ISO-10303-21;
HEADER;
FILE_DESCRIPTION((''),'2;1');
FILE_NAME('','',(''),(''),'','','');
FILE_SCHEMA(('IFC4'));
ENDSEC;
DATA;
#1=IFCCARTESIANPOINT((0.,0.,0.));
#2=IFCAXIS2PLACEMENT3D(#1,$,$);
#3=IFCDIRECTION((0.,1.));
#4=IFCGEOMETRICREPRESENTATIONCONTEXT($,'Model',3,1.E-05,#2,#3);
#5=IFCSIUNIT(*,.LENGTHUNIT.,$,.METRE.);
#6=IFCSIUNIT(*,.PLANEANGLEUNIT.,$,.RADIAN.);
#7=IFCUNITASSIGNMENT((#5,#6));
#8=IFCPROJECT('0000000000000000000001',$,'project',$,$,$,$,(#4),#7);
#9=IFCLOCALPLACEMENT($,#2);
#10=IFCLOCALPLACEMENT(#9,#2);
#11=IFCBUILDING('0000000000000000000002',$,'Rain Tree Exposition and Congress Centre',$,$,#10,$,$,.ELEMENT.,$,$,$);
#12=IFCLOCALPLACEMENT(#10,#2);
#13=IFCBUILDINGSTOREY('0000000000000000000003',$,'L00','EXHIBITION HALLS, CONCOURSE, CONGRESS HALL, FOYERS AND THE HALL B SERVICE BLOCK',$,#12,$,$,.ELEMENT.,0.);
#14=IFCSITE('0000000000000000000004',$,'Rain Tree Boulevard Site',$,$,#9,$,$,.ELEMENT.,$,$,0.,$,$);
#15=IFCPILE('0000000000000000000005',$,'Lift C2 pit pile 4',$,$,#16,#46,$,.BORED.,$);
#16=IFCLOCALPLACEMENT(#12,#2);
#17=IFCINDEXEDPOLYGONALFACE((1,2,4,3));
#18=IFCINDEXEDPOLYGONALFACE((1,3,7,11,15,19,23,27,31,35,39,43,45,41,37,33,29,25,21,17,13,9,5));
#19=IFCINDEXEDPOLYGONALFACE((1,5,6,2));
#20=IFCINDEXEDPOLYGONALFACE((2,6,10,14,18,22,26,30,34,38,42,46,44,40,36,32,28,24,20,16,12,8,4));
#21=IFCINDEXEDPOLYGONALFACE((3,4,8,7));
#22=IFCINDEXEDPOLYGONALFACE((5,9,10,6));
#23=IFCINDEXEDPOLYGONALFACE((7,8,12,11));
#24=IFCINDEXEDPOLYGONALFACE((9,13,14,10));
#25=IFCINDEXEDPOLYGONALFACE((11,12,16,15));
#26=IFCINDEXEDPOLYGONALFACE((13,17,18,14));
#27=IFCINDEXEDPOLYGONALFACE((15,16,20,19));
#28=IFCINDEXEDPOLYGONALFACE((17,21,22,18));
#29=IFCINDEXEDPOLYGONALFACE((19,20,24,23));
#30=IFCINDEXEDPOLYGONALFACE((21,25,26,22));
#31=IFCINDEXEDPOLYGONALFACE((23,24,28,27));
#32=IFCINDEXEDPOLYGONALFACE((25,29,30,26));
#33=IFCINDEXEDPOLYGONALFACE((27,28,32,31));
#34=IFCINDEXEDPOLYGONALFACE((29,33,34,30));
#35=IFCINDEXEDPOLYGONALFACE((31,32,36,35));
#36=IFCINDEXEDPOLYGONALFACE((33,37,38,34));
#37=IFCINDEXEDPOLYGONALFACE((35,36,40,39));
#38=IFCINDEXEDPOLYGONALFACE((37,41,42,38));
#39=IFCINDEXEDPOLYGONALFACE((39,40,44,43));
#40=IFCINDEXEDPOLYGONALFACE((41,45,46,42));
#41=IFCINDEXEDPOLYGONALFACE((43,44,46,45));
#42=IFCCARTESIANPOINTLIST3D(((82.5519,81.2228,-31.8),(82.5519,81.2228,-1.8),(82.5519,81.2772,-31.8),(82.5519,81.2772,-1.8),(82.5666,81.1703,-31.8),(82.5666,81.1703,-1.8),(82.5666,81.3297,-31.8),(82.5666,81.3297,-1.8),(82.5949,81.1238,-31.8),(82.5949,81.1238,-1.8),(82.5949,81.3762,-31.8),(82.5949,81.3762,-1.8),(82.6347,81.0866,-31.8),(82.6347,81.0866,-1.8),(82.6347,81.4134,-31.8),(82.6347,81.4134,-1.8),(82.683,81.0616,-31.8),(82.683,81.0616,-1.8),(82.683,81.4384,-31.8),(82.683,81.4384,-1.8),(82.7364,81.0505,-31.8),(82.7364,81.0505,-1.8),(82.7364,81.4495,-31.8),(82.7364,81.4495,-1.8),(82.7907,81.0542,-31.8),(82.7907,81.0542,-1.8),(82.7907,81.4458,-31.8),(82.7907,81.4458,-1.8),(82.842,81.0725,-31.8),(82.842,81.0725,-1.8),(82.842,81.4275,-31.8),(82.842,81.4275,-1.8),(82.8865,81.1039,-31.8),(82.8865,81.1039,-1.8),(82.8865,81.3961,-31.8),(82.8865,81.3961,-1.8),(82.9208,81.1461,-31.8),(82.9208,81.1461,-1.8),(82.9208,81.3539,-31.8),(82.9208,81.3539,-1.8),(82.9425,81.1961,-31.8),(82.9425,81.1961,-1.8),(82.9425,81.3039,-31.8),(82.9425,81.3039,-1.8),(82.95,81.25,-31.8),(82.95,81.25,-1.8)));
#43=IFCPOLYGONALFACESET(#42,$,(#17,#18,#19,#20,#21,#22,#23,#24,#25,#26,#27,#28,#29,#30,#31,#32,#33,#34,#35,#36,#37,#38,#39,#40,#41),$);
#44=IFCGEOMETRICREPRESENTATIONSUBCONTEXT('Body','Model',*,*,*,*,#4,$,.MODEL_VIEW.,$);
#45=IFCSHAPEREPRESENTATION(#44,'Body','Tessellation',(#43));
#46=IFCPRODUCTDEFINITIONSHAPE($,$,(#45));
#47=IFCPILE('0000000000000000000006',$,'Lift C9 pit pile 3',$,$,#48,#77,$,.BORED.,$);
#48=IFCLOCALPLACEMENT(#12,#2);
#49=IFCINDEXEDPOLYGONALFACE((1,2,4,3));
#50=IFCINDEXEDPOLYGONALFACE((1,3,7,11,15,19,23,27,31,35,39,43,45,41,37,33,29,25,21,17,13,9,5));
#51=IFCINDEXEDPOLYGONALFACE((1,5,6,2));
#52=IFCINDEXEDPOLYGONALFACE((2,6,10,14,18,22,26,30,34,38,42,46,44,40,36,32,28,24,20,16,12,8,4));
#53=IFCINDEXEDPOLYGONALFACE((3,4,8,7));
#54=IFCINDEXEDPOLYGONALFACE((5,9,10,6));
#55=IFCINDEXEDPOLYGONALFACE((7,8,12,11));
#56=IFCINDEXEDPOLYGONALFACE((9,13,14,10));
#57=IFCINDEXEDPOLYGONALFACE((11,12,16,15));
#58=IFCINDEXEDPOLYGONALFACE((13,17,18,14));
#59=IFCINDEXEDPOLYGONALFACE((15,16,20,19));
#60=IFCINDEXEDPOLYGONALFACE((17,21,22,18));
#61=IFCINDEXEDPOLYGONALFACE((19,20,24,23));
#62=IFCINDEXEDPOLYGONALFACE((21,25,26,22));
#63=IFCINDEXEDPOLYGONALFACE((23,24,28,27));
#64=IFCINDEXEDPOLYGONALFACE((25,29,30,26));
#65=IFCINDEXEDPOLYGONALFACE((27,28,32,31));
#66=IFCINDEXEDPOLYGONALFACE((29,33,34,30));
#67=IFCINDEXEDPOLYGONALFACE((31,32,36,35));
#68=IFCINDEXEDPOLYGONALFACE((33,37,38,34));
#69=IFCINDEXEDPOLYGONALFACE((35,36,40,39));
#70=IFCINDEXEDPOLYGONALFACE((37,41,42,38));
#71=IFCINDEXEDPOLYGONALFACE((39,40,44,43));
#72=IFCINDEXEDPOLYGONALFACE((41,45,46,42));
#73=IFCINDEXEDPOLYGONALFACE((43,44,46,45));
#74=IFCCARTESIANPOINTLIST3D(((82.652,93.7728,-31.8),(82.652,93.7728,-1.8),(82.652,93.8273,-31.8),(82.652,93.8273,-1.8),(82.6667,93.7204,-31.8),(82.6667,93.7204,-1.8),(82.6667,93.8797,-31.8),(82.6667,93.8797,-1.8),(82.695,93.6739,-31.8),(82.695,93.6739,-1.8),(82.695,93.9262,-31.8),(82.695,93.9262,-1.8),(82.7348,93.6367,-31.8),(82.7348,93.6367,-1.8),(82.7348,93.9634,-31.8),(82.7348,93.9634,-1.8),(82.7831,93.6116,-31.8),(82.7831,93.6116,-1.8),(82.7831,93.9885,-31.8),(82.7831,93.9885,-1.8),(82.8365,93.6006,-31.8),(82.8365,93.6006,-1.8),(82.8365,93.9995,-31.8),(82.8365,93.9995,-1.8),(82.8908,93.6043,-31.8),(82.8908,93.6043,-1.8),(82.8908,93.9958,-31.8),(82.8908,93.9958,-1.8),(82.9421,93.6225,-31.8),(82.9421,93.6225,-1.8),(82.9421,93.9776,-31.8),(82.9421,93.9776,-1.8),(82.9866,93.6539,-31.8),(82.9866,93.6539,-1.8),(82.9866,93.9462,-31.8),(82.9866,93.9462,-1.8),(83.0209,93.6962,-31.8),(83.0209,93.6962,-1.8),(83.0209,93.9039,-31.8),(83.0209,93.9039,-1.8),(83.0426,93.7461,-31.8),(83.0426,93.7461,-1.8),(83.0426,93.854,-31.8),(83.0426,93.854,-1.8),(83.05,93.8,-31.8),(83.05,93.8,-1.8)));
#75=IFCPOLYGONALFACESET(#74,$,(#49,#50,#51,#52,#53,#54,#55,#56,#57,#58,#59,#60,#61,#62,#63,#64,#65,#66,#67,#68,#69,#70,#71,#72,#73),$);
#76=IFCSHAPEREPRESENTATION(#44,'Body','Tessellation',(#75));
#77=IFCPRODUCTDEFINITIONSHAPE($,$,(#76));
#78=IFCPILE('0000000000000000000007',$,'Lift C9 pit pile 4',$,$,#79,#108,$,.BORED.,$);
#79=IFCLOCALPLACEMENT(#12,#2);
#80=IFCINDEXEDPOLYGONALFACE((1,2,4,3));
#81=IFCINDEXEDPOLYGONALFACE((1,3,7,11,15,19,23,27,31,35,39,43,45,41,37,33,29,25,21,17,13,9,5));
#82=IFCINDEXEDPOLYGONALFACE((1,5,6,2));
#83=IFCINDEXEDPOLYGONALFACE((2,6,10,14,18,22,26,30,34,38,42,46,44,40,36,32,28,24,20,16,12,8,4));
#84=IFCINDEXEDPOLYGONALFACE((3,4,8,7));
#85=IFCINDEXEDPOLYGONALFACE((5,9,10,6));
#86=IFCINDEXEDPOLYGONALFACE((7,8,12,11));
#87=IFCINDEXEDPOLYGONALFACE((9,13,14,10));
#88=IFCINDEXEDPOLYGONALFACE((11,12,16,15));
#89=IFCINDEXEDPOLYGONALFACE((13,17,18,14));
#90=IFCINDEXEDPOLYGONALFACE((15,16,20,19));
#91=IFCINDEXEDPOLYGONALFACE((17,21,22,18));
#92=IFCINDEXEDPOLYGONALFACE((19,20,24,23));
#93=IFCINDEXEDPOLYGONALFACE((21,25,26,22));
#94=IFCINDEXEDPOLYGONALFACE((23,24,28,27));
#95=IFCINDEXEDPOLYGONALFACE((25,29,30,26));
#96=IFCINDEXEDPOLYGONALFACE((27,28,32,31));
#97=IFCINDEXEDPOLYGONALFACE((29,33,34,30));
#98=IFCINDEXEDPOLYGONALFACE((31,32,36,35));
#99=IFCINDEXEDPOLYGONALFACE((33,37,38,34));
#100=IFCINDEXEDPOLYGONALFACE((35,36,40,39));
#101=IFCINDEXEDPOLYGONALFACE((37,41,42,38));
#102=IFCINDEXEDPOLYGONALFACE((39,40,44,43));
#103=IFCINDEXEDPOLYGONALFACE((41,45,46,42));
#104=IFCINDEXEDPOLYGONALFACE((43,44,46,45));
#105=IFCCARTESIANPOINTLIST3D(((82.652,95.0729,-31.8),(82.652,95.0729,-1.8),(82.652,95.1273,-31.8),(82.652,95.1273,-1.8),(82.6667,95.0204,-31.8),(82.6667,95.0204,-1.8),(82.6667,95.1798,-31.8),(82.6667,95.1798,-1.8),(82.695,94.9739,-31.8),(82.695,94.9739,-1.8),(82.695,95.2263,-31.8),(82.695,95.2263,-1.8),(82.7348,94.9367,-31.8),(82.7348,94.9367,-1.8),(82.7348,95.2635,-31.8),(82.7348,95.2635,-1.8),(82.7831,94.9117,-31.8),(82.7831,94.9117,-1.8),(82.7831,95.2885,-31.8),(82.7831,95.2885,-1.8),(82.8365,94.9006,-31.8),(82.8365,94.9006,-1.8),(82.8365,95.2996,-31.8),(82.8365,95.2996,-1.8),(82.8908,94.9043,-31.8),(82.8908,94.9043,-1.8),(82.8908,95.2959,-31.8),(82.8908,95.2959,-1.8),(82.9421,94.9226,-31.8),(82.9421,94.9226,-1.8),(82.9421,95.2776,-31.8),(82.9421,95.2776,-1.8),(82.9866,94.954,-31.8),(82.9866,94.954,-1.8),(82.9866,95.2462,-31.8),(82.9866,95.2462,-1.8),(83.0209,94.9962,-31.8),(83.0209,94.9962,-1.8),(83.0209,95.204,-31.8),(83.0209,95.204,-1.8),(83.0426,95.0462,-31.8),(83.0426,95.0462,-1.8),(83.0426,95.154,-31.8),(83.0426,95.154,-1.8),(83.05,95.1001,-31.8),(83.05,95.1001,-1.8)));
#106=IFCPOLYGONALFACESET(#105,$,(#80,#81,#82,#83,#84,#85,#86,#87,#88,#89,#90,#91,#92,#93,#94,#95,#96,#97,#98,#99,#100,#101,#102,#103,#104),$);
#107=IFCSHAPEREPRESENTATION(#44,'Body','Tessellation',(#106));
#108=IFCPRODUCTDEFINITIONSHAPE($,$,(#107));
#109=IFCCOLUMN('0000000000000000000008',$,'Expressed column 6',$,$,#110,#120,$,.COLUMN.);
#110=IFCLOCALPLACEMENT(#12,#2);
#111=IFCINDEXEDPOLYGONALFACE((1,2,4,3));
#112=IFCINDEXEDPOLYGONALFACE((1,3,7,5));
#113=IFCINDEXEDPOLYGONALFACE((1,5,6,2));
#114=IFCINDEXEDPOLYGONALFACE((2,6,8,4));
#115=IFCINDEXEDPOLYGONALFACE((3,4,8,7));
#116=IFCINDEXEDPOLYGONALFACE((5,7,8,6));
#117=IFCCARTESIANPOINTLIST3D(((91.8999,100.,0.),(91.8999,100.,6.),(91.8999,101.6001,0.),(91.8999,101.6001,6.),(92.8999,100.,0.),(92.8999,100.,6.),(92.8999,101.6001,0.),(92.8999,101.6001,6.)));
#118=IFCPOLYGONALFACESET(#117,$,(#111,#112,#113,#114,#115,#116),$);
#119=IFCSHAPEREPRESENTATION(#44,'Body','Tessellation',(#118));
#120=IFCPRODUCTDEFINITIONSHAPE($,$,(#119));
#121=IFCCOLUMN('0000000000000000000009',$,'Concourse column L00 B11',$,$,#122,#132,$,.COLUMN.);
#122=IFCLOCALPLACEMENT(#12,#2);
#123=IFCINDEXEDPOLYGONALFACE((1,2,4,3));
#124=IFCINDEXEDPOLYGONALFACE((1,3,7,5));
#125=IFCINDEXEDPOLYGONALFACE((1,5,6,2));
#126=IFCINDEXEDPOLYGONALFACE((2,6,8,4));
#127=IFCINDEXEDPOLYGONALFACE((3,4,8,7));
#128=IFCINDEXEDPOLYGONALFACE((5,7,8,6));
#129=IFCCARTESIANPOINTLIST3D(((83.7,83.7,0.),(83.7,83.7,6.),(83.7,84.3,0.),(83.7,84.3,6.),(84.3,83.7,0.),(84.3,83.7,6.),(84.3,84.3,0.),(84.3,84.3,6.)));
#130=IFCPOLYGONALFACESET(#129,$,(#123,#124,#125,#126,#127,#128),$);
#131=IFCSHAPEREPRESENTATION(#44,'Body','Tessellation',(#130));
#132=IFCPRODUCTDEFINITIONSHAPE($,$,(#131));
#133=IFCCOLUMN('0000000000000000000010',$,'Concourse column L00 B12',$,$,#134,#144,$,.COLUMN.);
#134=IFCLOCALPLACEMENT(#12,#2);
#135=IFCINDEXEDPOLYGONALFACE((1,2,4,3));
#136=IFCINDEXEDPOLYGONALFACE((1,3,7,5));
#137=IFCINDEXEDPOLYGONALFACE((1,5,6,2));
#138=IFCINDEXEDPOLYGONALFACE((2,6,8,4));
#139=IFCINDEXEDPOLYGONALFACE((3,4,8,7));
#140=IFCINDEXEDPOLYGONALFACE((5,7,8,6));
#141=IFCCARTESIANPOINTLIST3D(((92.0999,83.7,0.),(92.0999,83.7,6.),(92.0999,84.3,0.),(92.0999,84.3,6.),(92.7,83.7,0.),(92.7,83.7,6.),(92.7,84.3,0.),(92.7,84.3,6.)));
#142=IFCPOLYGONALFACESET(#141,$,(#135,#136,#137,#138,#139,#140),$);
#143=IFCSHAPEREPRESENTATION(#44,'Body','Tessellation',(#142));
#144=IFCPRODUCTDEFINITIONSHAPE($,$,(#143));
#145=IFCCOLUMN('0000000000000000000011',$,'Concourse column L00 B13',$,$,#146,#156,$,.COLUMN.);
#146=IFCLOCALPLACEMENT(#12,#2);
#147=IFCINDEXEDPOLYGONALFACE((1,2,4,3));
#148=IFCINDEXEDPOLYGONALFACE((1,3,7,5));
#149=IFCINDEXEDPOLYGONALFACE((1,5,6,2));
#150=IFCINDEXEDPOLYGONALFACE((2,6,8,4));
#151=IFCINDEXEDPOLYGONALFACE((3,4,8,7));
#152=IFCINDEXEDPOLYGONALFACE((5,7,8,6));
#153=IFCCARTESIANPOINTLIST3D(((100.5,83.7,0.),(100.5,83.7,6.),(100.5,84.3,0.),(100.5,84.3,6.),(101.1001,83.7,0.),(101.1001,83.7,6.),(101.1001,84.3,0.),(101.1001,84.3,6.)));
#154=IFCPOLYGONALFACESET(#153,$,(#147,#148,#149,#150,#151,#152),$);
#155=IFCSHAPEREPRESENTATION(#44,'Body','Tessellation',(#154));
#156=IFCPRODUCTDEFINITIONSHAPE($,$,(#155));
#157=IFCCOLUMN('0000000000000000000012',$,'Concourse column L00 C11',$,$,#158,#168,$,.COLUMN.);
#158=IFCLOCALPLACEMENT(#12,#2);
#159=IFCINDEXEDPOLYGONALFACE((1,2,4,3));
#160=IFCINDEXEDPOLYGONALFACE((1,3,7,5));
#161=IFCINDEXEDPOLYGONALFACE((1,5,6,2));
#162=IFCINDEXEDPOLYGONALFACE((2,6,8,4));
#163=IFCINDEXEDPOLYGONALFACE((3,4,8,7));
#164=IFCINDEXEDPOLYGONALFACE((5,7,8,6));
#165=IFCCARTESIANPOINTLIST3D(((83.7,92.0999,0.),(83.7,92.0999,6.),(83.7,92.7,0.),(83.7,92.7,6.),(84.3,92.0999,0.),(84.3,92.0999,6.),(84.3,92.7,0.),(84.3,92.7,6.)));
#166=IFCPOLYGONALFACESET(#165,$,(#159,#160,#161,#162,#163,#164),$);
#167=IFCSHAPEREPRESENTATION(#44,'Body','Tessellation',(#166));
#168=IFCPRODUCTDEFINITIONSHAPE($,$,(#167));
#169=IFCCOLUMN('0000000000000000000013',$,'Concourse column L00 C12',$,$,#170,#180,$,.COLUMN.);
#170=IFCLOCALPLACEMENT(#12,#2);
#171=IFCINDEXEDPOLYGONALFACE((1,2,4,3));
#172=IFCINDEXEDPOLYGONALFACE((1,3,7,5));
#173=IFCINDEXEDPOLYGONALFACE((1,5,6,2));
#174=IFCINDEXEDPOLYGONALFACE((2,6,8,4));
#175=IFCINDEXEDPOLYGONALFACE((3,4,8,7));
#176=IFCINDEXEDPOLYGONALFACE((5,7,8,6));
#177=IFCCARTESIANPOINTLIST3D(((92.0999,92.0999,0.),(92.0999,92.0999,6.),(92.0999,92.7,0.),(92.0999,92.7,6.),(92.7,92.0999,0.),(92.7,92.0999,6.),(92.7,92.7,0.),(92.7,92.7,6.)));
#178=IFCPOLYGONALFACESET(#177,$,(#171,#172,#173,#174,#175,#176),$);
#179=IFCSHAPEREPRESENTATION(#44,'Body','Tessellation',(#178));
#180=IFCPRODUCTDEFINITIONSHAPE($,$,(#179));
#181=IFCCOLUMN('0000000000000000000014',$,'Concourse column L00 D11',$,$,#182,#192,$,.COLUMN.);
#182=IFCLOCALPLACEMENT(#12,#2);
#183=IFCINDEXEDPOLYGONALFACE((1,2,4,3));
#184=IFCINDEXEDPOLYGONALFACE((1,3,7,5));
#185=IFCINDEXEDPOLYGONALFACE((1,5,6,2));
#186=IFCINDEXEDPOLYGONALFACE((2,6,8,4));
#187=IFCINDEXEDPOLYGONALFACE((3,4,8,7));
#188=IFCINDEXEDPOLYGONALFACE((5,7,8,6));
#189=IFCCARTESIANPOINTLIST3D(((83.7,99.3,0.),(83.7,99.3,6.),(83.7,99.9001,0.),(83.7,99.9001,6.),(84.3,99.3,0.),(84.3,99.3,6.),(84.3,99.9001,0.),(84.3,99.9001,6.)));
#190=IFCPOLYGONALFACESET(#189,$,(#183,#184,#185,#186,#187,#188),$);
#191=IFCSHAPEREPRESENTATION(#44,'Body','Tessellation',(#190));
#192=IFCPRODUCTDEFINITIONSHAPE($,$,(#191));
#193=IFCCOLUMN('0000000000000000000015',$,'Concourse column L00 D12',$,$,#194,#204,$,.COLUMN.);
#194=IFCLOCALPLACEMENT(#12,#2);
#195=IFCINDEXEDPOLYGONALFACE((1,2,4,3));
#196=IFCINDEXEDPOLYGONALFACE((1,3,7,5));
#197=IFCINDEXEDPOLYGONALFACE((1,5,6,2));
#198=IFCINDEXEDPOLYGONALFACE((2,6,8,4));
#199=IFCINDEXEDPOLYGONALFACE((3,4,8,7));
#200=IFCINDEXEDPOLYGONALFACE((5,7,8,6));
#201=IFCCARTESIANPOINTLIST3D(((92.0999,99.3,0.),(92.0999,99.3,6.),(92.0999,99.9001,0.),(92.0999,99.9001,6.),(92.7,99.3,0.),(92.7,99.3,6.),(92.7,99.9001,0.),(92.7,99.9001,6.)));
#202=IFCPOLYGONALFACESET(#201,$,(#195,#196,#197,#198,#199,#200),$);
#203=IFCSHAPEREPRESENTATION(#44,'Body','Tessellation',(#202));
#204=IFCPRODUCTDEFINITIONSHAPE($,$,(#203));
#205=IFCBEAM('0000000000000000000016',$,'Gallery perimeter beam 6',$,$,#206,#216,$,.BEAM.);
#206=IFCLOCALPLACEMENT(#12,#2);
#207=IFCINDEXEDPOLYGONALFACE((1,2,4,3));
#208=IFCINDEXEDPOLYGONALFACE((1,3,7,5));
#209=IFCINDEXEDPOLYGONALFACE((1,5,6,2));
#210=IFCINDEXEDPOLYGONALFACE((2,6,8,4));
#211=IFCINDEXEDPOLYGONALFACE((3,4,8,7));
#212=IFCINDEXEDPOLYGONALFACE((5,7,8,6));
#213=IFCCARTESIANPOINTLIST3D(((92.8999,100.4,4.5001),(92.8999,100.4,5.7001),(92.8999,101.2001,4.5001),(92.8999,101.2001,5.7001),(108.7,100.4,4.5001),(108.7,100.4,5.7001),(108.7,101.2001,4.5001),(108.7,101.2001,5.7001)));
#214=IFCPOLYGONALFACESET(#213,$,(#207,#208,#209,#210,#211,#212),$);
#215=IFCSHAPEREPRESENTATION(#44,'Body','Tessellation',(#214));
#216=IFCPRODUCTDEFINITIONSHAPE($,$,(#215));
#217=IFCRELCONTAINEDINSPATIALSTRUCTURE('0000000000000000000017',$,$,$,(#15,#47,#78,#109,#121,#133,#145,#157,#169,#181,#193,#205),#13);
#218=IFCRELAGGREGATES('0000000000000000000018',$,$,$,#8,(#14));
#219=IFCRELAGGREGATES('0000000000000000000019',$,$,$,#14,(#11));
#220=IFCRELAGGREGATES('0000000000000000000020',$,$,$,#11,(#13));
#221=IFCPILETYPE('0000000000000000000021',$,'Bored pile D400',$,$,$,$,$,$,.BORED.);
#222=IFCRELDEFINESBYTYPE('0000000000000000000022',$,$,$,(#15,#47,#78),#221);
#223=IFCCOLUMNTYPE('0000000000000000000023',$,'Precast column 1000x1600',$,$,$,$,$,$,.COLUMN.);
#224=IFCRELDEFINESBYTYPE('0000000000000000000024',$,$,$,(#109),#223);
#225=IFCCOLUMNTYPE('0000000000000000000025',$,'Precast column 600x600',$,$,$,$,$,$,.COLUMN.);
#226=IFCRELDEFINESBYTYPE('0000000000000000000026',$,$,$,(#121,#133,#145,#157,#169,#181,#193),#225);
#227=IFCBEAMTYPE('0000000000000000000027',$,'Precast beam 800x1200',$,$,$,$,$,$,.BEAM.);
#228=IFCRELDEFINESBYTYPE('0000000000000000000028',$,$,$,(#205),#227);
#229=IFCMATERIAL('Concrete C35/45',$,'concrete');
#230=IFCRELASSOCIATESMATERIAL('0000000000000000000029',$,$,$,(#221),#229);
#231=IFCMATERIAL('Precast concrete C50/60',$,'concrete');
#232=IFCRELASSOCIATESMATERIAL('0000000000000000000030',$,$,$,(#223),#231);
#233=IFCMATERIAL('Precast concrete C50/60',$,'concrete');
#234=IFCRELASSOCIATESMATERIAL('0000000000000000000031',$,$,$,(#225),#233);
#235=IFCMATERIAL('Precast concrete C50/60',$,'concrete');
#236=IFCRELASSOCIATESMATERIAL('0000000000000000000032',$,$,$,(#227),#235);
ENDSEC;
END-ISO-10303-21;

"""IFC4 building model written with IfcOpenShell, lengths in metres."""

from ifc_helpers import new_model, si_unit, direction, frame, origin, origin_2d, place, context, subcontext, project, spatial, rectangle, circle, extrude, material, material_profile, profile_set, type_object, element, save


model = new_model("IFC4")

# Units and contexts
model_context = context("Model", 3, precision=1e-05, world=origin(), true_north=direction((0.0, 1.0)))
body_context = subcontext(model_context, "Body", "Model", "MODEL_VIEW")
ifc_project = project(units=[si_unit("LENGTHUNIT", "METRE"), si_unit("PLANEANGLEUNIT", "RADIAN")], contexts=[model_context])

# Site, building, storey
site_placement = place(None, origin())
site = spatial("IfcSite", under=ifc_project, at=site_placement, Name="Rain Tree Boulevard Site", CompositionType="ELEMENT", RefElevation=0.0)
building_placement = place(site_placement, origin())
building = spatial("IfcBuilding", under=site, at=building_placement, Name="Rain Tree Exposition and Congress Centre", CompositionType="ELEMENT")
storey_placement = place(building_placement, origin())
storey = spatial("IfcBuildingStorey", under=building, at=storey_placement, Name="L00", Description="EXHIBITION HALLS, CONCOURSE, CONGRESS HALL, FOYERS AND THE HALL B SERVICE BLOCK", CompositionType="ELEMENT", Elevation=0.0)

# Piles
ifc_material_1 = material(Name="Concrete C35/45", Category="concrete")
ifc_material_profile_1 = material_profile(ifc_material_1, circle(Radius=0.2, at=origin_2d()), Name="D400")
ifc_profile_set_1 = profile_set([ifc_material_profile_1], Name="Concrete C35/45")
pile_type = type_object("IfcPileType", Name="Bored pile D400", PredefinedType="BORED", material=ifc_profile_set_1)
for number, where, z_axis, x_axis, name in (
    (1, (82.75, 81.25, -1.8), (0.0, 0.0, -1.0), (1.0, 0.0, 0.0), "Lift C2 pit pile 4"),
    (2, (82.8501, 93.8, -1.8), (0.0, 0.0, -1.0), (1.0, 0.0, 0.0), "Lift C9 pit pile 3"),
    (3, (82.8501, 95.1001, -1.8), (0.0, 0.0, -1.0), (1.0, 0.0, 0.0), "Lift C9 pit pile 4"),
):
    element("IfcPile", number, at=place(storey_placement, frame(where, z_axis=z_axis, x_axis=x_axis)), inside=storey, type_object=pile_type, Name=name, PredefinedType="BORED", context=body_context, shape_type="SweptSolid", body=[
        extrude(circle(Radius=0.2, at=origin_2d()), origin(), (0.0, 0.0, 1.0), 30.0),
    ])

# Columns
ifc_material_2 = material(Name="Precast concrete C50/60", Category="concrete")
ifc_material_profile_2 = material_profile(ifc_material_2, rectangle(XDim=1.0, YDim=1.6001, at=origin_2d()), Name="RC 1000x1600")
ifc_profile_set_2 = profile_set([ifc_material_profile_2], Name="Precast concrete C50/60")
column_type_1 = type_object("IfcColumnType", Name="Precast column 1000x1600", PredefinedType="COLUMN", material=ifc_profile_set_2)
column_placement = place(storey_placement, frame((92.3999, 100.8, 0.0), z_axis=(0.0, 0.0, 1.0), x_axis=(1.0, 0.0, 0.0)))
element("IfcColumn", 4, at=column_placement, inside=storey, type_object=column_type_1, Name="Expressed column 6", PredefinedType="COLUMN", context=body_context, shape_type="SweptSolid", body=[
    extrude(rectangle(XDim=1.0, YDim=1.6001, at=origin_2d()), origin(), (0.0, 0.0, 1.0), 6.0),
])
ifc_material_3 = material(Name="Precast concrete C50/60", Category="concrete")
ifc_material_profile_3 = material_profile(ifc_material_3, rectangle(XDim=0.6001, YDim=0.6001, at=origin_2d()), Name="RC 600x600")
ifc_profile_set_3 = profile_set([ifc_material_profile_3], Name="Precast concrete C50/60")
column_type_2 = type_object("IfcColumnType", Name="Precast column 600x600", PredefinedType="COLUMN", material=ifc_profile_set_3)
for number, where, z_axis, x_axis, name in (
    (5, (84.0, 84.0, 0.0), (0.0, 0.0, 1.0), (1.0, 0.0, 0.0), "Concourse column L00 B11"),
    (6, (92.3999, 84.0, 0.0), (0.0, 0.0, 1.0), (1.0, 0.0, 0.0), "Concourse column L00 B12"),
    (7, (100.8, 84.0, 0.0), (0.0, 0.0, 1.0), (1.0, 0.0, 0.0), "Concourse column L00 B13"),
    (8, (84.0, 92.3999, 0.0), (0.0, 0.0, 1.0), (1.0, 0.0, 0.0), "Concourse column L00 C11"),
    (9, (92.3999, 92.3999, 0.0), (0.0, 0.0, 1.0), (1.0, 0.0, 0.0), "Concourse column L00 C12"),
    (10, (84.0, 99.6001, 0.0), (0.0, 0.0, 1.0), (1.0, 0.0, 0.0), "Concourse column L00 D11"),
    (11, (92.3999, 99.6001, 0.0), (0.0, 0.0, 1.0), (1.0, 0.0, 0.0), "Concourse column L00 D12"),
):
    element("IfcColumn", number, at=place(storey_placement, frame(where, z_axis=z_axis, x_axis=x_axis)), inside=storey, type_object=column_type_2, Name=name, PredefinedType="COLUMN", context=body_context, shape_type="SweptSolid", body=[
        extrude(rectangle(XDim=0.6001, YDim=0.6001, at=origin_2d()), origin(), (0.0, 0.0, 1.0), 6.0),
    ])

# Beam
ifc_material_4 = material(Name="Precast concrete C50/60", Category="concrete")
ifc_material_profile_4 = material_profile(ifc_material_4, rectangle(XDim=0.8, YDim=1.2, at=origin_2d()), Name="RC 800x1200")
ifc_profile_set_4 = profile_set([ifc_material_profile_4], Name="Precast concrete C50/60")
beam_type = type_object("IfcBeamType", Name="Precast beam 800x1200", PredefinedType="BEAM", material=ifc_profile_set_4)
beam_placement = place(storey_placement, frame((92.8999, 100.8, 5.1001), z_axis=(1.0, 0.0, 0.0), x_axis=(0.0, 1.0, 0.0)))
element("IfcBeam", 12, at=beam_placement, inside=storey, type_object=beam_type, Name="Gallery perimeter beam 6", PredefinedType="BEAM", context=body_context, shape_type="SweptSolid", body=[
    extrude(rectangle(XDim=0.8, YDim=1.2, at=origin_2d()), origin(), (0.0, 0.0, 1.0), 15.8),
])

save(model, "model.ifc")
